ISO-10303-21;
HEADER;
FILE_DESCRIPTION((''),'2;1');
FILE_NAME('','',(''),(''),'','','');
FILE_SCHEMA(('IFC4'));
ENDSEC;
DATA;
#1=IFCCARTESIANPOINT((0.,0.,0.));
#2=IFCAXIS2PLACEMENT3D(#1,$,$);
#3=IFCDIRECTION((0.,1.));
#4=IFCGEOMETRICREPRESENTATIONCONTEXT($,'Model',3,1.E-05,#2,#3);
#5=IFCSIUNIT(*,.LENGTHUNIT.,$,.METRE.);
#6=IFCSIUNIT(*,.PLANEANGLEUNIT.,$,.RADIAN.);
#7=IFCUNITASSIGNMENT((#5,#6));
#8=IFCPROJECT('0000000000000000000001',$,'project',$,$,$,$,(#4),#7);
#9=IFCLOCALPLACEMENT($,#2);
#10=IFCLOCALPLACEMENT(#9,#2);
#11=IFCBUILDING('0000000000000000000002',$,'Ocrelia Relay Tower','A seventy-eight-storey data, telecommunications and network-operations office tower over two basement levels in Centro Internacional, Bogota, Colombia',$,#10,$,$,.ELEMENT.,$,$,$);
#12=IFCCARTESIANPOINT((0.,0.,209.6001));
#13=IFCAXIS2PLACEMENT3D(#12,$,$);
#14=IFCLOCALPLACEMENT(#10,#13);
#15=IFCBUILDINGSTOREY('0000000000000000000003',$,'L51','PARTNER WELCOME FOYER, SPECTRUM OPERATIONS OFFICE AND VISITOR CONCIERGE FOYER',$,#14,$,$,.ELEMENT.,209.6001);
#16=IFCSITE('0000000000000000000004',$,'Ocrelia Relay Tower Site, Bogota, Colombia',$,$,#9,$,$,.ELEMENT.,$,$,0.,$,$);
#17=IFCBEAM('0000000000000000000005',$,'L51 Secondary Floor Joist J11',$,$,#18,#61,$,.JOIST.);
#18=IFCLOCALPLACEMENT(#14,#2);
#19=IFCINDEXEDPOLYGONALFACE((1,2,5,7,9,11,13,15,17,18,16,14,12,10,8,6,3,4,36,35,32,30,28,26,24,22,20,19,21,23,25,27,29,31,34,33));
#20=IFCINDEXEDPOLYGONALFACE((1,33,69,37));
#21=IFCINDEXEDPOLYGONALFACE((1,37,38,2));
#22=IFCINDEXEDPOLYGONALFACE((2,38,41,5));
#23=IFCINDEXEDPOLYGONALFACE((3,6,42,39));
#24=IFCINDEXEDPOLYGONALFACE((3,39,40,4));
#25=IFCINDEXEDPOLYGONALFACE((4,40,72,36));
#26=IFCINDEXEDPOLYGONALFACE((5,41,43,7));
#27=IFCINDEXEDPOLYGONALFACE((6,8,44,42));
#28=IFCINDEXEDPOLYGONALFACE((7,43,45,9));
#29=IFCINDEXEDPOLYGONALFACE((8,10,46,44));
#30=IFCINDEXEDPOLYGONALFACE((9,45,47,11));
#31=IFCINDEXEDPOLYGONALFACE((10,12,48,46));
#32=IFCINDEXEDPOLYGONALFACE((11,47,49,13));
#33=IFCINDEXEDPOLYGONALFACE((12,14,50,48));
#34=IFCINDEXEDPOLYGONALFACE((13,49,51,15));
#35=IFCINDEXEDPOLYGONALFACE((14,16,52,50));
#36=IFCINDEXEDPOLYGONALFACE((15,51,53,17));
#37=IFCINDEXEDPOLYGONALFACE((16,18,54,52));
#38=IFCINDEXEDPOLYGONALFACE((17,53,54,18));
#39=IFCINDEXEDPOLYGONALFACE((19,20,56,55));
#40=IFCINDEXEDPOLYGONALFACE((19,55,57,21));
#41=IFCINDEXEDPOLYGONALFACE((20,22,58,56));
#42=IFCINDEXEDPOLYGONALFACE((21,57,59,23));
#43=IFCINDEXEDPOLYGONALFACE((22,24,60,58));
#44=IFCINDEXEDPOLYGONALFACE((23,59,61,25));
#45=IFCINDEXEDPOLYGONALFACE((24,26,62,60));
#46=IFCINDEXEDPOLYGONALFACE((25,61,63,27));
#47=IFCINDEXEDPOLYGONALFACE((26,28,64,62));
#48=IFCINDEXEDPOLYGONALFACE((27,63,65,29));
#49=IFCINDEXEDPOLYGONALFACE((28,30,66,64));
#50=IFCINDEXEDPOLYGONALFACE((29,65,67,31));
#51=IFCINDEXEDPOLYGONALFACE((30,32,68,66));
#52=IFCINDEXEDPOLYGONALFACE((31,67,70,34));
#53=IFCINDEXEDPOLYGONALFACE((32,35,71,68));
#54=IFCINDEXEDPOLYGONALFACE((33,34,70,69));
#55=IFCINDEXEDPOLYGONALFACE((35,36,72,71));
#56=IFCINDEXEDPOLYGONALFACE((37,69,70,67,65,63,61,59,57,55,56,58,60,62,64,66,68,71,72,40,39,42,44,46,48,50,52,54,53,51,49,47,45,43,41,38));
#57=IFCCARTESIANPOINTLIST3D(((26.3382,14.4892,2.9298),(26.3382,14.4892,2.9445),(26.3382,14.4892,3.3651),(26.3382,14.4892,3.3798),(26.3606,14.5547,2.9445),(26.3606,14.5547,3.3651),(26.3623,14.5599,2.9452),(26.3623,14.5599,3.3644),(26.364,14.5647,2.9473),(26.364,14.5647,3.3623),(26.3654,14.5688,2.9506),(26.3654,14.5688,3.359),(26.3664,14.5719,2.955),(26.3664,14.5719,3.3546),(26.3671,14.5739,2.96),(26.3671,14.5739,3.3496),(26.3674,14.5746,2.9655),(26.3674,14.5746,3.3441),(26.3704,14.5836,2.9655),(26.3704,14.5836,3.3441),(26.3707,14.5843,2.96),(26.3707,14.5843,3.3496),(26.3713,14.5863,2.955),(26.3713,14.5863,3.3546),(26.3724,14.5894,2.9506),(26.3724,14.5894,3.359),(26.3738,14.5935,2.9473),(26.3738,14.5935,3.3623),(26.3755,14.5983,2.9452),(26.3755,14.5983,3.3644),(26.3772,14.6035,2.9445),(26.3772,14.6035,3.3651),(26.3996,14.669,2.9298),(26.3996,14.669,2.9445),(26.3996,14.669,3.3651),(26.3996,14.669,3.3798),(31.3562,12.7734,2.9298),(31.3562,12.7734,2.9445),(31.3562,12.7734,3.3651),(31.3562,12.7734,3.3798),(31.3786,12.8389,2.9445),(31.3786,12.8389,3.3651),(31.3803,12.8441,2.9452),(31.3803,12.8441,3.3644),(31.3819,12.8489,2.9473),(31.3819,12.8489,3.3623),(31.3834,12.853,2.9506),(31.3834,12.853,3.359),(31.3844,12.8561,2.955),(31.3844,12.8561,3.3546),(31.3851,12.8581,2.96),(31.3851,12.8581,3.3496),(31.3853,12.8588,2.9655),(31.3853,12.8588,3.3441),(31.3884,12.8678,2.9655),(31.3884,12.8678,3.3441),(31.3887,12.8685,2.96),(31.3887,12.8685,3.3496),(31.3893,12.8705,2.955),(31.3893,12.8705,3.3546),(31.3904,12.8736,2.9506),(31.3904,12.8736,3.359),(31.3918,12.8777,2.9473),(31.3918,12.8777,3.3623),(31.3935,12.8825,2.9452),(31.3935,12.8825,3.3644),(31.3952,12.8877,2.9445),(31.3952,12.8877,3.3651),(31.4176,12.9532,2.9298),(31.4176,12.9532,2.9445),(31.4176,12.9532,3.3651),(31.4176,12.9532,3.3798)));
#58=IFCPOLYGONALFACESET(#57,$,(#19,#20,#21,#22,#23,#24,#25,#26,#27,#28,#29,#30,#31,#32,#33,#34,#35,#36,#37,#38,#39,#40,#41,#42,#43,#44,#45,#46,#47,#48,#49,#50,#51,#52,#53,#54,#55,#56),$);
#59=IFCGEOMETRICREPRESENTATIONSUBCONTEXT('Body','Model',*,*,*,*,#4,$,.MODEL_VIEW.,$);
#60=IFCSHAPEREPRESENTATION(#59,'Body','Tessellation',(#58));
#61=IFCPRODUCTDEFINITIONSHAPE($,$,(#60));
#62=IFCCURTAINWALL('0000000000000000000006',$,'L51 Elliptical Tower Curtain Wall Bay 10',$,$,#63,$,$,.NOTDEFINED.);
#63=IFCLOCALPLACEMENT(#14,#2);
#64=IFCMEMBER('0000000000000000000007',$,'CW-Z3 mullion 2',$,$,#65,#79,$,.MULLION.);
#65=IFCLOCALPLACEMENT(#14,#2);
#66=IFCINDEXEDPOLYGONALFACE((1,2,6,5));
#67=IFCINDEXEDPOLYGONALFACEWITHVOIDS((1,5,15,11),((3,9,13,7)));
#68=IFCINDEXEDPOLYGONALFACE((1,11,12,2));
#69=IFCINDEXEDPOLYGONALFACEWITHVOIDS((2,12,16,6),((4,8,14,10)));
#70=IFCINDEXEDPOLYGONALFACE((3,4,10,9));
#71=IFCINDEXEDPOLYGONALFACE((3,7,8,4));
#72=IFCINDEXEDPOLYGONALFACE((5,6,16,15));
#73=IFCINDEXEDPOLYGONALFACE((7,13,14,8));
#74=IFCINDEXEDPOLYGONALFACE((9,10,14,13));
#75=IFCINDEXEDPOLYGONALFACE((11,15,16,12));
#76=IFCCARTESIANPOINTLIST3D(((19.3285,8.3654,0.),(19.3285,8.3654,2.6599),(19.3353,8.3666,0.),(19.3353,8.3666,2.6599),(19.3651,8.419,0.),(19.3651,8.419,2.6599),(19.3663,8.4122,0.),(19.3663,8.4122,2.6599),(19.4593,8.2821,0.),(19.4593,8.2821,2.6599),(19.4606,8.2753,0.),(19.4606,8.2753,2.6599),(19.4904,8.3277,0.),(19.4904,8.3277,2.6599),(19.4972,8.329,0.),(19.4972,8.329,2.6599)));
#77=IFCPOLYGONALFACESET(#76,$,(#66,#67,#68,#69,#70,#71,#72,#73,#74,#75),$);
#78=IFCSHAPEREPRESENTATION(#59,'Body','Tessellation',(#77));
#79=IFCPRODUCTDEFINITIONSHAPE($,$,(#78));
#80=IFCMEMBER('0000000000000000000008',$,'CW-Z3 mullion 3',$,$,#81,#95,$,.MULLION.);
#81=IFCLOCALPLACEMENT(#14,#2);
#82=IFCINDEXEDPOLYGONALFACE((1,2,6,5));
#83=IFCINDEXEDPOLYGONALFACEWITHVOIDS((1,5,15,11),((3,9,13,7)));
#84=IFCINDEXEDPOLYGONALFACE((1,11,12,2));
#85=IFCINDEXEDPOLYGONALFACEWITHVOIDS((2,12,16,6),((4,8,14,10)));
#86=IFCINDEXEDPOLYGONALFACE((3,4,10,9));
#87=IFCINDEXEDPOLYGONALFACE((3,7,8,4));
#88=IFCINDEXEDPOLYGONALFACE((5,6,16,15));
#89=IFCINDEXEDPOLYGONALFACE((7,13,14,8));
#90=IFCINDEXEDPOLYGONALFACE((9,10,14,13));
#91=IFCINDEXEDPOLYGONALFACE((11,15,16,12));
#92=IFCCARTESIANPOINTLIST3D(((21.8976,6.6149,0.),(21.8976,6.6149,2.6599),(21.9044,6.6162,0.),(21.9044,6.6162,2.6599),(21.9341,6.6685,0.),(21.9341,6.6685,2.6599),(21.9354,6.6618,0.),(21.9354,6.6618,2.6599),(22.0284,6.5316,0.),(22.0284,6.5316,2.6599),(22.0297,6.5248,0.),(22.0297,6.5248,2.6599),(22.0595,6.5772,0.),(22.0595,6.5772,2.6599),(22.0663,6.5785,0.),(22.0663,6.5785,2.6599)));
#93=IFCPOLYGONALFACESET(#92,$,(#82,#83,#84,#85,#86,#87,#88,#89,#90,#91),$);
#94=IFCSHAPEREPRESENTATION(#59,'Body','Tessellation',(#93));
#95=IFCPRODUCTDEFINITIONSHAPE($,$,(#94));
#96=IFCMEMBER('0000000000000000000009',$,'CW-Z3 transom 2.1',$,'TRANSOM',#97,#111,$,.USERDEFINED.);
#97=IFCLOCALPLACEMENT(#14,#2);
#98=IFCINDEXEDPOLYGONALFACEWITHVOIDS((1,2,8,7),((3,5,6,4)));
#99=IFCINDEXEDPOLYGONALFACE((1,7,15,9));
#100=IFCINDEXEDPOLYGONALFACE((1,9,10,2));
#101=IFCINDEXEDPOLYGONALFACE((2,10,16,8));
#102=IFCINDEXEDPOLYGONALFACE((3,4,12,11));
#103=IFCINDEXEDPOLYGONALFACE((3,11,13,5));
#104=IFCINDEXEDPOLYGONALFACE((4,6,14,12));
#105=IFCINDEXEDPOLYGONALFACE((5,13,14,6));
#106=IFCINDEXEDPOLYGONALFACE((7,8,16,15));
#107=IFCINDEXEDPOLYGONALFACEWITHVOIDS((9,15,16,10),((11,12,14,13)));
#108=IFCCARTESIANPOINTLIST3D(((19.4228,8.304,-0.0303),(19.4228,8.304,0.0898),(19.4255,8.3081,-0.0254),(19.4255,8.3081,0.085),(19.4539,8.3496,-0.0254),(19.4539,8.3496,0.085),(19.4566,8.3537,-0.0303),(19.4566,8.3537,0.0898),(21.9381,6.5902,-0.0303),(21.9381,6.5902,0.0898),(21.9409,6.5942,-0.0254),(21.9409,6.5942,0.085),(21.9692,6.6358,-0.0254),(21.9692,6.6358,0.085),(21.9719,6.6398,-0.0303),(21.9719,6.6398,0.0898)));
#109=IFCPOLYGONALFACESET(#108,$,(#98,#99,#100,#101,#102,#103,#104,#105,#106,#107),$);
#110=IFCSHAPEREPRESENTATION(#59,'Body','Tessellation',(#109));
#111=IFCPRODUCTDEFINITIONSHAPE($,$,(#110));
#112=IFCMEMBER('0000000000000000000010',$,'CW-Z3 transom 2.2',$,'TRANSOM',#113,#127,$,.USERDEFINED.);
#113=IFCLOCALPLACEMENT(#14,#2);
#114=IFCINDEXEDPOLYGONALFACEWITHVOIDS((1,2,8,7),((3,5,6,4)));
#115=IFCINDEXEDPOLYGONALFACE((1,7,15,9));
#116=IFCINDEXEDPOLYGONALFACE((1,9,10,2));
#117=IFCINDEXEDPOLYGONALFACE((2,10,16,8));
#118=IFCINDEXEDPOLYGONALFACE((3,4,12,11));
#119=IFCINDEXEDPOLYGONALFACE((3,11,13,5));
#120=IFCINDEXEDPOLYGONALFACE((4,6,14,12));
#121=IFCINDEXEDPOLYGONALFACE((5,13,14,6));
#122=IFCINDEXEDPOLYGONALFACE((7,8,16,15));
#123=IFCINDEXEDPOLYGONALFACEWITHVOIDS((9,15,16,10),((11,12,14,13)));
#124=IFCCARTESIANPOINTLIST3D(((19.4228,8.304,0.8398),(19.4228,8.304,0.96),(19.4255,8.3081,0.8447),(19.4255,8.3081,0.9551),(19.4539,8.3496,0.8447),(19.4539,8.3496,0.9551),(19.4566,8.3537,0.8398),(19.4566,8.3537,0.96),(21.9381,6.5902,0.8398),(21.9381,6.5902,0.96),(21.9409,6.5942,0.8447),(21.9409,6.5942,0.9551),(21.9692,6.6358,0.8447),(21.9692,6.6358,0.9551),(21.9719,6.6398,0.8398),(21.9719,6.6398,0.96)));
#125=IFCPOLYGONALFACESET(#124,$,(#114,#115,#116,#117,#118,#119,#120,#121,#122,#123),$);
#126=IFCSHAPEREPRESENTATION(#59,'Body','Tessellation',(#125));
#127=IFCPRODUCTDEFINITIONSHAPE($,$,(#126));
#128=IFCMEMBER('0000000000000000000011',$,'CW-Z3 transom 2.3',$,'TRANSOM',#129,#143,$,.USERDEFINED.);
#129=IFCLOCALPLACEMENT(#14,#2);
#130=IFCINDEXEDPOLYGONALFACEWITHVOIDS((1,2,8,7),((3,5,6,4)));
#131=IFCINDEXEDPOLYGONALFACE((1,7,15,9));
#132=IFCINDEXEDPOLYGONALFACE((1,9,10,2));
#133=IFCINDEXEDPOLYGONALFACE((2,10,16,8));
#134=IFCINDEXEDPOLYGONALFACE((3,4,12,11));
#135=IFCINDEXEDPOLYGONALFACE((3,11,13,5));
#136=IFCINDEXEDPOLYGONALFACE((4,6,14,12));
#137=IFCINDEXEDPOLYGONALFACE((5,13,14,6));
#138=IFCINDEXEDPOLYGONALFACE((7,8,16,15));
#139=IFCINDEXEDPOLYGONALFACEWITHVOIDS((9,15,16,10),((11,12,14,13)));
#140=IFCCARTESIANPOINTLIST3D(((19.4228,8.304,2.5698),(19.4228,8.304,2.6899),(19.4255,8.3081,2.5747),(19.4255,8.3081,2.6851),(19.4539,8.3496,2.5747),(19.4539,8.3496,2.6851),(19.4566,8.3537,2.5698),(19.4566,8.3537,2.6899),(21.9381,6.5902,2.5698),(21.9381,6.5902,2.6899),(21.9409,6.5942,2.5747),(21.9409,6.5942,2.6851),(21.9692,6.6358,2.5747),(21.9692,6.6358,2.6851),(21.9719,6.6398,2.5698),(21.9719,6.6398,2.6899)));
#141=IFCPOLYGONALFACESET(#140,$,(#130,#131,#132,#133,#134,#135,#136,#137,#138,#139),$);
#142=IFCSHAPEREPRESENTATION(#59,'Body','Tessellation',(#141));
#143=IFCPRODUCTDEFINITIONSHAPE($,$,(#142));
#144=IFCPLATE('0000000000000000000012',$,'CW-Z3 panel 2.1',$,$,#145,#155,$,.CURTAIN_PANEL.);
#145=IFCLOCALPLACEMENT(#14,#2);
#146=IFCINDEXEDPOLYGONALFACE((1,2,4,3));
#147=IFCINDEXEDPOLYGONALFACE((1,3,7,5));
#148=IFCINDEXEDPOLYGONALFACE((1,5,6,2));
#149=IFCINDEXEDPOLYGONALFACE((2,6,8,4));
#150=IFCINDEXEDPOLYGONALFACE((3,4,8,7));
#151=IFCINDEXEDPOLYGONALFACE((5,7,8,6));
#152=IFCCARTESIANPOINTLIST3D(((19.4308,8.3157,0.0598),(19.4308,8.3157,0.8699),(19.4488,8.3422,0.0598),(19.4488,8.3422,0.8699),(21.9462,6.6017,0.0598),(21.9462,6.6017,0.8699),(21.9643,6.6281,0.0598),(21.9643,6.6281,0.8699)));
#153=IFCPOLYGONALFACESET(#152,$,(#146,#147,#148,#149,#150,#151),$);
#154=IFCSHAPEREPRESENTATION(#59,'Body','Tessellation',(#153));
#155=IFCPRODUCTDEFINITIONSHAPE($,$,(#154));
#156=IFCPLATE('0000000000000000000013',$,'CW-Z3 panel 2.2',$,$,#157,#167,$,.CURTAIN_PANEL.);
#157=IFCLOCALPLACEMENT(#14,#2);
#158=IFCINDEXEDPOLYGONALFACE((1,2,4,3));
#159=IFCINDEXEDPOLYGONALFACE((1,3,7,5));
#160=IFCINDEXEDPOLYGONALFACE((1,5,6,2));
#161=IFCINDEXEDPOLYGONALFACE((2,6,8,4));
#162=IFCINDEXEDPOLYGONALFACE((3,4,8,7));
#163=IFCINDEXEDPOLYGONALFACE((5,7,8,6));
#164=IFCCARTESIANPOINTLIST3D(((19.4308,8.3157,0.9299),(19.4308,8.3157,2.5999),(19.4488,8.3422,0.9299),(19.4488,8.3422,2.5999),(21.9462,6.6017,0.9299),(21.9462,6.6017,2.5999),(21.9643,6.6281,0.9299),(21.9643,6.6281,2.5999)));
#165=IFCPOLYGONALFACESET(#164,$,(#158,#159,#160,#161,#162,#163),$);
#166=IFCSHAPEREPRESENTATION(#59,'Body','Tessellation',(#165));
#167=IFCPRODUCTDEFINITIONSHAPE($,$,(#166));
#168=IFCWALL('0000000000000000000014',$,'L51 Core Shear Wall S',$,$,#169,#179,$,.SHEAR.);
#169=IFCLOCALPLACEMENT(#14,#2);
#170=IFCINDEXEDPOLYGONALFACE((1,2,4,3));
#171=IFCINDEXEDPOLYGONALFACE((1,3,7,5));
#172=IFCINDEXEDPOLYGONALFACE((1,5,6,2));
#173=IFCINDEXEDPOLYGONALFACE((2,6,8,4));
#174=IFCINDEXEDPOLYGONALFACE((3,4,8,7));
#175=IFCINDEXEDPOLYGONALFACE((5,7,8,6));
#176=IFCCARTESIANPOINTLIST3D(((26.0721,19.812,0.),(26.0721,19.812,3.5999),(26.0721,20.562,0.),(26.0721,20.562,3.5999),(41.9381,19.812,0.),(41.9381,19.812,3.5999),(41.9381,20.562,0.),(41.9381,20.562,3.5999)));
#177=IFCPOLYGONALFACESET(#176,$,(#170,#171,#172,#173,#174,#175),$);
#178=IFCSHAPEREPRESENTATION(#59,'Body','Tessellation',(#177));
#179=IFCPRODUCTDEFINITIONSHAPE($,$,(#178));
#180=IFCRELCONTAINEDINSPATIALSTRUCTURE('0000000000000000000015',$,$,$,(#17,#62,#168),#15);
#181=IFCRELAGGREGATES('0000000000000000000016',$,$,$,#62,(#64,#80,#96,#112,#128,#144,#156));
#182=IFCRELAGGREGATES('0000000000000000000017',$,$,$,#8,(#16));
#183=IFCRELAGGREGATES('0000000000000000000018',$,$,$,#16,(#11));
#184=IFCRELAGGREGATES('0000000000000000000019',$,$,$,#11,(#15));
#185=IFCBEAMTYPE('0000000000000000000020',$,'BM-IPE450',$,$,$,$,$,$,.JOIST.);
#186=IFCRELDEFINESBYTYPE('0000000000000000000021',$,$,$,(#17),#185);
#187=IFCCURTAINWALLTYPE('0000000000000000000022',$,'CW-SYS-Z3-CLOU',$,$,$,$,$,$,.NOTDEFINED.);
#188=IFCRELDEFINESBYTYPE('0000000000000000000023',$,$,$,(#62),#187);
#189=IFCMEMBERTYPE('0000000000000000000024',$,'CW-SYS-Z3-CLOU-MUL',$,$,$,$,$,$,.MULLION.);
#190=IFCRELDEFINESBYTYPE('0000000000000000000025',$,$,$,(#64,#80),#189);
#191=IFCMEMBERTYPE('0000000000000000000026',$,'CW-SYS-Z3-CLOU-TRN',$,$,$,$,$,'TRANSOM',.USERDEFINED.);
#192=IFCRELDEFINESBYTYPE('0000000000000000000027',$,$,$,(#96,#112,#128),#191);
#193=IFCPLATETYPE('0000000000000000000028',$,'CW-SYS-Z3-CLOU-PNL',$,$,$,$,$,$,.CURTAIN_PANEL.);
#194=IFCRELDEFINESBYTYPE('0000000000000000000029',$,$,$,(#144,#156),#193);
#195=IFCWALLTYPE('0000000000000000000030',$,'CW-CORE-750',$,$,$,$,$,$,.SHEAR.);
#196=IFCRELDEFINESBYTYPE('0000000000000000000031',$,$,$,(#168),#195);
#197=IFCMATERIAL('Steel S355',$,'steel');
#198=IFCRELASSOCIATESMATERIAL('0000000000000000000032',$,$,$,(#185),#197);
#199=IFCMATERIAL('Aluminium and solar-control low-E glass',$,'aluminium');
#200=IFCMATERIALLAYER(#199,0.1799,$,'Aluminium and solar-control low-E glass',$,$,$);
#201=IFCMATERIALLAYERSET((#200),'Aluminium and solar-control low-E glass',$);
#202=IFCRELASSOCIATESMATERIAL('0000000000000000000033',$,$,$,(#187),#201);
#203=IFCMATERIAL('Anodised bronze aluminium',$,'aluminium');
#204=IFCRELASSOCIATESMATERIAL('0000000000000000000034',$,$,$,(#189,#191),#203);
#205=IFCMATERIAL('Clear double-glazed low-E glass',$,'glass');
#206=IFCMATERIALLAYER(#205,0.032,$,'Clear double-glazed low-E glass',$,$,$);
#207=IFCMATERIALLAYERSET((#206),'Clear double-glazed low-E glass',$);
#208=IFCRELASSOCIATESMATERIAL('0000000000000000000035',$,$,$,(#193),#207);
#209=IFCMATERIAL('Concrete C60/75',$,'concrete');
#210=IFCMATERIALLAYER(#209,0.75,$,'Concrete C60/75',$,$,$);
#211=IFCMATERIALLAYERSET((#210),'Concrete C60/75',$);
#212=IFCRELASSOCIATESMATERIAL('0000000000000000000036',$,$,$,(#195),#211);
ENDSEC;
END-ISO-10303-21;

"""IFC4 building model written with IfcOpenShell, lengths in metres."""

from ifc_helpers import new_model, si_unit, direction, frame, frame_2d, origin, origin_2d, place, context, subcontext, project, spatial, rectangle, hollow_rectangle, i_section, extrude, material, layer, layer_set, material_profile, profile_set, type_object, element, aggregate, save


model = new_model("IFC4")

# Units and contexts
model_context = context("Model", 3, precision=1e-05, world=origin(), true_north=direction((0.0, 1.0)))
body_context = subcontext(model_context, "Body", "Model", "MODEL_VIEW")
ifc_project = project(units=[si_unit("LENGTHUNIT", "METRE"), si_unit("PLANEANGLEUNIT", "RADIAN")], contexts=[model_context])

# Site, building, storey
site_placement = place(None, origin())
site = spatial("IfcSite", under=ifc_project, at=site_placement, Name="Ocrelia Relay Tower Site, Bogota, Colombia", CompositionType="ELEMENT", RefElevation=0.0)
building_placement = place(site_placement, origin())
building = spatial("IfcBuilding", under=site, at=building_placement, Name="Ocrelia Relay Tower", Description="A seventy-eight-storey data, telecommunications and network-operations office tower over two basement levels in Centro Internacional, Bogota, Colombia", CompositionType="ELEMENT")
storey_placement = place(building_placement, frame((0.0, 0.0, 209.6001)))
storey = spatial("IfcBuildingStorey", under=building, at=storey_placement, Name="L51", Description="PARTNER WELCOME FOYER, SPECTRUM OPERATIONS OFFICE AND VISITOR CONCIERGE FOYER", CompositionType="ELEMENT", Elevation=209.6001)

# Shared definitions
ifc_material_1 = material(Name="Concrete C60/75", Category="concrete")

# Beam
ifc_material_2 = material(Name="Steel S355", Category="steel")
ifc_material_profile_1 = material_profile(ifc_material_2, i_section(OverallWidth=0.1899, OverallDepth=0.45, WebThickness=0.0095, FlangeThickness=0.0146, FilletRadius=0.021, at=origin_2d()), Name="IPE 450")
ifc_profile_set_1 = profile_set([ifc_material_profile_1], Name="Steel S355")
beam_type_1 = type_object("IfcBeamType", Name="BM-IPE450", PredefinedType="JOIST", material=ifc_profile_set_1)
beam_1_placement = place(storey_placement, frame((26.3689, 14.5791, 3.1548), z_axis=(0.946215, -0.323538, 0.0), x_axis=(0.323538, 0.946215, 0.0)))
element("IfcBeam", 1, at=beam_1_placement, inside=storey, type_object=beam_type_1, Name="L51 Secondary Floor Joist J11", PredefinedType="JOIST", context=body_context, shape_type="SweptSolid", body=[
    extrude(i_section(OverallWidth=0.1899, OverallDepth=0.45, WebThickness=0.0095, FlangeThickness=0.0146, FilletRadius=0.021, at=origin_2d()), origin(), (0.0, 0.0, 1.0), 5.3032),
])

# Curtain wall, members, plates
ifc_material_3 = material(Name="Aluminium and solar-control low-E glass", Category="aluminium")
ifc_layer_1 = layer(ifc_material_3, 0.1799, Name="Aluminium and solar-control low-E glass")
ifc_layer_set_1 = layer_set([ifc_layer_1], Name="Aluminium and solar-control low-E glass")
curtain_wall_type = type_object("IfcCurtainWallType", Name="CW-SYS-Z3-CLOU", PredefinedType="NOTDEFINED", material=ifc_layer_set_1)
curtain_wall_placement = place(storey_placement, origin())
curtain_wall = element("IfcCurtainWall", 2, at=curtain_wall_placement, inside=storey, type_object=curtain_wall_type, Name="L51 Elliptical Tower Curtain Wall Bay 10", PredefinedType="NOTDEFINED")
ifc_material_4 = material(Name="Anodised bronze aluminium", Category="aluminium")
ifc_material_profile_2 = material_profile(ifc_material_4, hollow_rectangle(XDim=0.0649, YDim=0.1599, WallThickness=0.0049, at=origin_2d()), Name="CW-MUL-160x65")
ifc_profile_set_2 = profile_set([ifc_material_profile_2], Name="Anodised bronze aluminium")
member_type_1 = type_object("IfcMemberType", Name="CW-SYS-Z3-CLOU-MUL", PredefinedType="MULLION", material=ifc_profile_set_2)
member_1_placement = place(storey_placement, frame((19.4128, 8.3472, 0.0), z_axis=(0.0, 0.0, 1.0), x_axis=(0.563098, 0.82639, 0.0)))
member_1 = element("IfcMember", 3, at=member_1_placement, type_object=member_type_1, Name="CW-Z3 mullion 2", PredefinedType="MULLION", context=body_context, shape_type="SweptSolid", body=[
    extrude(hollow_rectangle(XDim=0.0649, YDim=0.1599, WallThickness=0.0049, at=origin_2d()), origin(), (0.0, 0.0, 1.0), 2.6599),
])
member_2_placement = place(storey_placement, frame((21.9819, 6.5967, 0.0), z_axis=(0.0, 0.0, 1.0), x_axis=(0.563098, 0.82639, 0.0)))
member_2 = element("IfcMember", 4, at=member_2_placement, type_object=member_type_1, Name="CW-Z3 mullion 3", PredefinedType="MULLION", context=body_context, shape_type="SweptSolid", body=[
    extrude(hollow_rectangle(XDim=0.0649, YDim=0.1599, WallThickness=0.0049, at=origin_2d()), origin(), (0.0, 0.0, 1.0), 2.6599),
])
ifc_material_profile_3 = material_profile(ifc_material_4, hollow_rectangle(XDim=0.0601, YDim=0.1201, WallThickness=0.0049, at=origin_2d()), Name="CW-TRN-120x60")
ifc_profile_set_3 = profile_set([ifc_material_profile_3], Name="Anodised bronze aluminium")
member_type_2 = type_object("IfcMemberType", Name="CW-SYS-Z3-CLOU-TRN", ElementType="TRANSOM", PredefinedType="USERDEFINED", material=ifc_profile_set_3)
member_3_placement = place(storey_placement, frame((19.4397, 8.3289, 0.0298), z_axis=(0.826405, -0.563075, 0.0), x_axis=(0.563075, 0.826405, 0.0)))
member_3 = element("IfcMember", 5, at=member_3_placement, type_object=member_type_2, Name="CW-Z3 transom 2.1", ObjectType="TRANSOM", PredefinedType="USERDEFINED", context=body_context, shape_type="SweptSolid", body=[
    extrude(hollow_rectangle(XDim=0.0601, YDim=0.1201, WallThickness=0.0049, at=origin_2d()), origin(), (0.0, 0.0, 1.0), 3.0437),
])
member_4_placement = place(storey_placement, frame((19.4397, 8.3289, 0.8999), z_axis=(0.826405, -0.563075, 0.0), x_axis=(0.563075, 0.826405, 0.0)))
member_4 = element("IfcMember", 6, at=member_4_placement, type_object=member_type_2, Name="CW-Z3 transom 2.2", ObjectType="TRANSOM", PredefinedType="USERDEFINED", context=body_context, shape_type="SweptSolid", body=[
    extrude(hollow_rectangle(XDim=0.0601, YDim=0.1201, WallThickness=0.0049, at=origin_2d()), origin(), (0.0, 0.0, 1.0), 3.0437),
])
member_5_placement = place(storey_placement, frame((19.4397, 8.3289, 2.6299), z_axis=(0.826405, -0.563075, 0.0), x_axis=(0.563075, 0.826405, 0.0)))
member_5 = element("IfcMember", 7, at=member_5_placement, type_object=member_type_2, Name="CW-Z3 transom 2.3", ObjectType="TRANSOM", PredefinedType="USERDEFINED", context=body_context, shape_type="SweptSolid", body=[
    extrude(hollow_rectangle(XDim=0.0601, YDim=0.1201, WallThickness=0.0049, at=origin_2d()), origin(), (0.0, 0.0, 1.0), 3.0437),
])
ifc_material_5 = material(Name="Clear double-glazed low-E glass", Category="glass")
ifc_layer_2 = layer(ifc_material_5, 0.032, Name="Clear double-glazed low-E glass")
ifc_layer_set_2 = layer_set([ifc_layer_2], Name="Clear double-glazed low-E glass")
plate_type = type_object("IfcPlateType", Name="CW-SYS-Z3-CLOU-PNL", PredefinedType="CURTAIN_PANEL", material=ifc_layer_set_2)
plate_1_placement = place(storey_placement, frame((20.6975, 7.4719, 0.0598), z_axis=(0.0, 0.0, 1.0), x_axis=(0.82639, -0.563098, 0.0)))
plate_1 = element("IfcPlate", 8, at=plate_1_placement, type_object=plate_type, Name="CW-Z3 panel 2.1", PredefinedType="CURTAIN_PANEL", context=body_context, shape_type="SweptSolid", body=[
    extrude(rectangle(XDim=3.0439, YDim=0.032, at=origin_2d()), origin(), (0.0, 0.0, 1.0), 0.8101),
])
plate_2_placement = place(storey_placement, frame((20.6975, 7.4719, 0.9299), z_axis=(0.0, 0.0, 1.0), x_axis=(0.82639, -0.563098, 0.0)))
plate_2 = element("IfcPlate", 9, at=plate_2_placement, type_object=plate_type, Name="CW-Z3 panel 2.2", PredefinedType="CURTAIN_PANEL", context=body_context, shape_type="SweptSolid", body=[
    extrude(rectangle(XDim=3.0439, YDim=0.032, at=origin_2d()), origin(), (0.0, 0.0, 1.0), 1.6699),
])
aggregate(curtain_wall, [member_1, member_2, member_3, member_4, member_5, plate_1, plate_2])

# Wall
ifc_layer_3 = layer(ifc_material_1, 0.75, Name="Concrete C60/75")
ifc_layer_set_3 = layer_set([ifc_layer_3], Name="Concrete C60/75")
wall_type_1 = type_object("IfcWallType", Name="CW-CORE-750", PredefinedType="SHEAR", material=ifc_layer_set_3)
wall_1_placement = place(storey_placement, frame((26.072, 20.187, 0.0), z_axis=(0.0, 0.0, 1.0), x_axis=(1.0, 0.0, 0.0)))
element("IfcWall", 10, at=wall_1_placement, inside=storey, type_object=wall_type_1, Name="L51 Core Shear Wall S", PredefinedType="SHEAR", context=body_context, shape_type="SweptSolid", body=[
    extrude(rectangle(XDim=15.866, YDim=0.75, at=frame_2d((7.9331, 0.0))), origin(), (0.0, 0.0, 1.0), 3.5999),
])

save(model, "model.ifc")
